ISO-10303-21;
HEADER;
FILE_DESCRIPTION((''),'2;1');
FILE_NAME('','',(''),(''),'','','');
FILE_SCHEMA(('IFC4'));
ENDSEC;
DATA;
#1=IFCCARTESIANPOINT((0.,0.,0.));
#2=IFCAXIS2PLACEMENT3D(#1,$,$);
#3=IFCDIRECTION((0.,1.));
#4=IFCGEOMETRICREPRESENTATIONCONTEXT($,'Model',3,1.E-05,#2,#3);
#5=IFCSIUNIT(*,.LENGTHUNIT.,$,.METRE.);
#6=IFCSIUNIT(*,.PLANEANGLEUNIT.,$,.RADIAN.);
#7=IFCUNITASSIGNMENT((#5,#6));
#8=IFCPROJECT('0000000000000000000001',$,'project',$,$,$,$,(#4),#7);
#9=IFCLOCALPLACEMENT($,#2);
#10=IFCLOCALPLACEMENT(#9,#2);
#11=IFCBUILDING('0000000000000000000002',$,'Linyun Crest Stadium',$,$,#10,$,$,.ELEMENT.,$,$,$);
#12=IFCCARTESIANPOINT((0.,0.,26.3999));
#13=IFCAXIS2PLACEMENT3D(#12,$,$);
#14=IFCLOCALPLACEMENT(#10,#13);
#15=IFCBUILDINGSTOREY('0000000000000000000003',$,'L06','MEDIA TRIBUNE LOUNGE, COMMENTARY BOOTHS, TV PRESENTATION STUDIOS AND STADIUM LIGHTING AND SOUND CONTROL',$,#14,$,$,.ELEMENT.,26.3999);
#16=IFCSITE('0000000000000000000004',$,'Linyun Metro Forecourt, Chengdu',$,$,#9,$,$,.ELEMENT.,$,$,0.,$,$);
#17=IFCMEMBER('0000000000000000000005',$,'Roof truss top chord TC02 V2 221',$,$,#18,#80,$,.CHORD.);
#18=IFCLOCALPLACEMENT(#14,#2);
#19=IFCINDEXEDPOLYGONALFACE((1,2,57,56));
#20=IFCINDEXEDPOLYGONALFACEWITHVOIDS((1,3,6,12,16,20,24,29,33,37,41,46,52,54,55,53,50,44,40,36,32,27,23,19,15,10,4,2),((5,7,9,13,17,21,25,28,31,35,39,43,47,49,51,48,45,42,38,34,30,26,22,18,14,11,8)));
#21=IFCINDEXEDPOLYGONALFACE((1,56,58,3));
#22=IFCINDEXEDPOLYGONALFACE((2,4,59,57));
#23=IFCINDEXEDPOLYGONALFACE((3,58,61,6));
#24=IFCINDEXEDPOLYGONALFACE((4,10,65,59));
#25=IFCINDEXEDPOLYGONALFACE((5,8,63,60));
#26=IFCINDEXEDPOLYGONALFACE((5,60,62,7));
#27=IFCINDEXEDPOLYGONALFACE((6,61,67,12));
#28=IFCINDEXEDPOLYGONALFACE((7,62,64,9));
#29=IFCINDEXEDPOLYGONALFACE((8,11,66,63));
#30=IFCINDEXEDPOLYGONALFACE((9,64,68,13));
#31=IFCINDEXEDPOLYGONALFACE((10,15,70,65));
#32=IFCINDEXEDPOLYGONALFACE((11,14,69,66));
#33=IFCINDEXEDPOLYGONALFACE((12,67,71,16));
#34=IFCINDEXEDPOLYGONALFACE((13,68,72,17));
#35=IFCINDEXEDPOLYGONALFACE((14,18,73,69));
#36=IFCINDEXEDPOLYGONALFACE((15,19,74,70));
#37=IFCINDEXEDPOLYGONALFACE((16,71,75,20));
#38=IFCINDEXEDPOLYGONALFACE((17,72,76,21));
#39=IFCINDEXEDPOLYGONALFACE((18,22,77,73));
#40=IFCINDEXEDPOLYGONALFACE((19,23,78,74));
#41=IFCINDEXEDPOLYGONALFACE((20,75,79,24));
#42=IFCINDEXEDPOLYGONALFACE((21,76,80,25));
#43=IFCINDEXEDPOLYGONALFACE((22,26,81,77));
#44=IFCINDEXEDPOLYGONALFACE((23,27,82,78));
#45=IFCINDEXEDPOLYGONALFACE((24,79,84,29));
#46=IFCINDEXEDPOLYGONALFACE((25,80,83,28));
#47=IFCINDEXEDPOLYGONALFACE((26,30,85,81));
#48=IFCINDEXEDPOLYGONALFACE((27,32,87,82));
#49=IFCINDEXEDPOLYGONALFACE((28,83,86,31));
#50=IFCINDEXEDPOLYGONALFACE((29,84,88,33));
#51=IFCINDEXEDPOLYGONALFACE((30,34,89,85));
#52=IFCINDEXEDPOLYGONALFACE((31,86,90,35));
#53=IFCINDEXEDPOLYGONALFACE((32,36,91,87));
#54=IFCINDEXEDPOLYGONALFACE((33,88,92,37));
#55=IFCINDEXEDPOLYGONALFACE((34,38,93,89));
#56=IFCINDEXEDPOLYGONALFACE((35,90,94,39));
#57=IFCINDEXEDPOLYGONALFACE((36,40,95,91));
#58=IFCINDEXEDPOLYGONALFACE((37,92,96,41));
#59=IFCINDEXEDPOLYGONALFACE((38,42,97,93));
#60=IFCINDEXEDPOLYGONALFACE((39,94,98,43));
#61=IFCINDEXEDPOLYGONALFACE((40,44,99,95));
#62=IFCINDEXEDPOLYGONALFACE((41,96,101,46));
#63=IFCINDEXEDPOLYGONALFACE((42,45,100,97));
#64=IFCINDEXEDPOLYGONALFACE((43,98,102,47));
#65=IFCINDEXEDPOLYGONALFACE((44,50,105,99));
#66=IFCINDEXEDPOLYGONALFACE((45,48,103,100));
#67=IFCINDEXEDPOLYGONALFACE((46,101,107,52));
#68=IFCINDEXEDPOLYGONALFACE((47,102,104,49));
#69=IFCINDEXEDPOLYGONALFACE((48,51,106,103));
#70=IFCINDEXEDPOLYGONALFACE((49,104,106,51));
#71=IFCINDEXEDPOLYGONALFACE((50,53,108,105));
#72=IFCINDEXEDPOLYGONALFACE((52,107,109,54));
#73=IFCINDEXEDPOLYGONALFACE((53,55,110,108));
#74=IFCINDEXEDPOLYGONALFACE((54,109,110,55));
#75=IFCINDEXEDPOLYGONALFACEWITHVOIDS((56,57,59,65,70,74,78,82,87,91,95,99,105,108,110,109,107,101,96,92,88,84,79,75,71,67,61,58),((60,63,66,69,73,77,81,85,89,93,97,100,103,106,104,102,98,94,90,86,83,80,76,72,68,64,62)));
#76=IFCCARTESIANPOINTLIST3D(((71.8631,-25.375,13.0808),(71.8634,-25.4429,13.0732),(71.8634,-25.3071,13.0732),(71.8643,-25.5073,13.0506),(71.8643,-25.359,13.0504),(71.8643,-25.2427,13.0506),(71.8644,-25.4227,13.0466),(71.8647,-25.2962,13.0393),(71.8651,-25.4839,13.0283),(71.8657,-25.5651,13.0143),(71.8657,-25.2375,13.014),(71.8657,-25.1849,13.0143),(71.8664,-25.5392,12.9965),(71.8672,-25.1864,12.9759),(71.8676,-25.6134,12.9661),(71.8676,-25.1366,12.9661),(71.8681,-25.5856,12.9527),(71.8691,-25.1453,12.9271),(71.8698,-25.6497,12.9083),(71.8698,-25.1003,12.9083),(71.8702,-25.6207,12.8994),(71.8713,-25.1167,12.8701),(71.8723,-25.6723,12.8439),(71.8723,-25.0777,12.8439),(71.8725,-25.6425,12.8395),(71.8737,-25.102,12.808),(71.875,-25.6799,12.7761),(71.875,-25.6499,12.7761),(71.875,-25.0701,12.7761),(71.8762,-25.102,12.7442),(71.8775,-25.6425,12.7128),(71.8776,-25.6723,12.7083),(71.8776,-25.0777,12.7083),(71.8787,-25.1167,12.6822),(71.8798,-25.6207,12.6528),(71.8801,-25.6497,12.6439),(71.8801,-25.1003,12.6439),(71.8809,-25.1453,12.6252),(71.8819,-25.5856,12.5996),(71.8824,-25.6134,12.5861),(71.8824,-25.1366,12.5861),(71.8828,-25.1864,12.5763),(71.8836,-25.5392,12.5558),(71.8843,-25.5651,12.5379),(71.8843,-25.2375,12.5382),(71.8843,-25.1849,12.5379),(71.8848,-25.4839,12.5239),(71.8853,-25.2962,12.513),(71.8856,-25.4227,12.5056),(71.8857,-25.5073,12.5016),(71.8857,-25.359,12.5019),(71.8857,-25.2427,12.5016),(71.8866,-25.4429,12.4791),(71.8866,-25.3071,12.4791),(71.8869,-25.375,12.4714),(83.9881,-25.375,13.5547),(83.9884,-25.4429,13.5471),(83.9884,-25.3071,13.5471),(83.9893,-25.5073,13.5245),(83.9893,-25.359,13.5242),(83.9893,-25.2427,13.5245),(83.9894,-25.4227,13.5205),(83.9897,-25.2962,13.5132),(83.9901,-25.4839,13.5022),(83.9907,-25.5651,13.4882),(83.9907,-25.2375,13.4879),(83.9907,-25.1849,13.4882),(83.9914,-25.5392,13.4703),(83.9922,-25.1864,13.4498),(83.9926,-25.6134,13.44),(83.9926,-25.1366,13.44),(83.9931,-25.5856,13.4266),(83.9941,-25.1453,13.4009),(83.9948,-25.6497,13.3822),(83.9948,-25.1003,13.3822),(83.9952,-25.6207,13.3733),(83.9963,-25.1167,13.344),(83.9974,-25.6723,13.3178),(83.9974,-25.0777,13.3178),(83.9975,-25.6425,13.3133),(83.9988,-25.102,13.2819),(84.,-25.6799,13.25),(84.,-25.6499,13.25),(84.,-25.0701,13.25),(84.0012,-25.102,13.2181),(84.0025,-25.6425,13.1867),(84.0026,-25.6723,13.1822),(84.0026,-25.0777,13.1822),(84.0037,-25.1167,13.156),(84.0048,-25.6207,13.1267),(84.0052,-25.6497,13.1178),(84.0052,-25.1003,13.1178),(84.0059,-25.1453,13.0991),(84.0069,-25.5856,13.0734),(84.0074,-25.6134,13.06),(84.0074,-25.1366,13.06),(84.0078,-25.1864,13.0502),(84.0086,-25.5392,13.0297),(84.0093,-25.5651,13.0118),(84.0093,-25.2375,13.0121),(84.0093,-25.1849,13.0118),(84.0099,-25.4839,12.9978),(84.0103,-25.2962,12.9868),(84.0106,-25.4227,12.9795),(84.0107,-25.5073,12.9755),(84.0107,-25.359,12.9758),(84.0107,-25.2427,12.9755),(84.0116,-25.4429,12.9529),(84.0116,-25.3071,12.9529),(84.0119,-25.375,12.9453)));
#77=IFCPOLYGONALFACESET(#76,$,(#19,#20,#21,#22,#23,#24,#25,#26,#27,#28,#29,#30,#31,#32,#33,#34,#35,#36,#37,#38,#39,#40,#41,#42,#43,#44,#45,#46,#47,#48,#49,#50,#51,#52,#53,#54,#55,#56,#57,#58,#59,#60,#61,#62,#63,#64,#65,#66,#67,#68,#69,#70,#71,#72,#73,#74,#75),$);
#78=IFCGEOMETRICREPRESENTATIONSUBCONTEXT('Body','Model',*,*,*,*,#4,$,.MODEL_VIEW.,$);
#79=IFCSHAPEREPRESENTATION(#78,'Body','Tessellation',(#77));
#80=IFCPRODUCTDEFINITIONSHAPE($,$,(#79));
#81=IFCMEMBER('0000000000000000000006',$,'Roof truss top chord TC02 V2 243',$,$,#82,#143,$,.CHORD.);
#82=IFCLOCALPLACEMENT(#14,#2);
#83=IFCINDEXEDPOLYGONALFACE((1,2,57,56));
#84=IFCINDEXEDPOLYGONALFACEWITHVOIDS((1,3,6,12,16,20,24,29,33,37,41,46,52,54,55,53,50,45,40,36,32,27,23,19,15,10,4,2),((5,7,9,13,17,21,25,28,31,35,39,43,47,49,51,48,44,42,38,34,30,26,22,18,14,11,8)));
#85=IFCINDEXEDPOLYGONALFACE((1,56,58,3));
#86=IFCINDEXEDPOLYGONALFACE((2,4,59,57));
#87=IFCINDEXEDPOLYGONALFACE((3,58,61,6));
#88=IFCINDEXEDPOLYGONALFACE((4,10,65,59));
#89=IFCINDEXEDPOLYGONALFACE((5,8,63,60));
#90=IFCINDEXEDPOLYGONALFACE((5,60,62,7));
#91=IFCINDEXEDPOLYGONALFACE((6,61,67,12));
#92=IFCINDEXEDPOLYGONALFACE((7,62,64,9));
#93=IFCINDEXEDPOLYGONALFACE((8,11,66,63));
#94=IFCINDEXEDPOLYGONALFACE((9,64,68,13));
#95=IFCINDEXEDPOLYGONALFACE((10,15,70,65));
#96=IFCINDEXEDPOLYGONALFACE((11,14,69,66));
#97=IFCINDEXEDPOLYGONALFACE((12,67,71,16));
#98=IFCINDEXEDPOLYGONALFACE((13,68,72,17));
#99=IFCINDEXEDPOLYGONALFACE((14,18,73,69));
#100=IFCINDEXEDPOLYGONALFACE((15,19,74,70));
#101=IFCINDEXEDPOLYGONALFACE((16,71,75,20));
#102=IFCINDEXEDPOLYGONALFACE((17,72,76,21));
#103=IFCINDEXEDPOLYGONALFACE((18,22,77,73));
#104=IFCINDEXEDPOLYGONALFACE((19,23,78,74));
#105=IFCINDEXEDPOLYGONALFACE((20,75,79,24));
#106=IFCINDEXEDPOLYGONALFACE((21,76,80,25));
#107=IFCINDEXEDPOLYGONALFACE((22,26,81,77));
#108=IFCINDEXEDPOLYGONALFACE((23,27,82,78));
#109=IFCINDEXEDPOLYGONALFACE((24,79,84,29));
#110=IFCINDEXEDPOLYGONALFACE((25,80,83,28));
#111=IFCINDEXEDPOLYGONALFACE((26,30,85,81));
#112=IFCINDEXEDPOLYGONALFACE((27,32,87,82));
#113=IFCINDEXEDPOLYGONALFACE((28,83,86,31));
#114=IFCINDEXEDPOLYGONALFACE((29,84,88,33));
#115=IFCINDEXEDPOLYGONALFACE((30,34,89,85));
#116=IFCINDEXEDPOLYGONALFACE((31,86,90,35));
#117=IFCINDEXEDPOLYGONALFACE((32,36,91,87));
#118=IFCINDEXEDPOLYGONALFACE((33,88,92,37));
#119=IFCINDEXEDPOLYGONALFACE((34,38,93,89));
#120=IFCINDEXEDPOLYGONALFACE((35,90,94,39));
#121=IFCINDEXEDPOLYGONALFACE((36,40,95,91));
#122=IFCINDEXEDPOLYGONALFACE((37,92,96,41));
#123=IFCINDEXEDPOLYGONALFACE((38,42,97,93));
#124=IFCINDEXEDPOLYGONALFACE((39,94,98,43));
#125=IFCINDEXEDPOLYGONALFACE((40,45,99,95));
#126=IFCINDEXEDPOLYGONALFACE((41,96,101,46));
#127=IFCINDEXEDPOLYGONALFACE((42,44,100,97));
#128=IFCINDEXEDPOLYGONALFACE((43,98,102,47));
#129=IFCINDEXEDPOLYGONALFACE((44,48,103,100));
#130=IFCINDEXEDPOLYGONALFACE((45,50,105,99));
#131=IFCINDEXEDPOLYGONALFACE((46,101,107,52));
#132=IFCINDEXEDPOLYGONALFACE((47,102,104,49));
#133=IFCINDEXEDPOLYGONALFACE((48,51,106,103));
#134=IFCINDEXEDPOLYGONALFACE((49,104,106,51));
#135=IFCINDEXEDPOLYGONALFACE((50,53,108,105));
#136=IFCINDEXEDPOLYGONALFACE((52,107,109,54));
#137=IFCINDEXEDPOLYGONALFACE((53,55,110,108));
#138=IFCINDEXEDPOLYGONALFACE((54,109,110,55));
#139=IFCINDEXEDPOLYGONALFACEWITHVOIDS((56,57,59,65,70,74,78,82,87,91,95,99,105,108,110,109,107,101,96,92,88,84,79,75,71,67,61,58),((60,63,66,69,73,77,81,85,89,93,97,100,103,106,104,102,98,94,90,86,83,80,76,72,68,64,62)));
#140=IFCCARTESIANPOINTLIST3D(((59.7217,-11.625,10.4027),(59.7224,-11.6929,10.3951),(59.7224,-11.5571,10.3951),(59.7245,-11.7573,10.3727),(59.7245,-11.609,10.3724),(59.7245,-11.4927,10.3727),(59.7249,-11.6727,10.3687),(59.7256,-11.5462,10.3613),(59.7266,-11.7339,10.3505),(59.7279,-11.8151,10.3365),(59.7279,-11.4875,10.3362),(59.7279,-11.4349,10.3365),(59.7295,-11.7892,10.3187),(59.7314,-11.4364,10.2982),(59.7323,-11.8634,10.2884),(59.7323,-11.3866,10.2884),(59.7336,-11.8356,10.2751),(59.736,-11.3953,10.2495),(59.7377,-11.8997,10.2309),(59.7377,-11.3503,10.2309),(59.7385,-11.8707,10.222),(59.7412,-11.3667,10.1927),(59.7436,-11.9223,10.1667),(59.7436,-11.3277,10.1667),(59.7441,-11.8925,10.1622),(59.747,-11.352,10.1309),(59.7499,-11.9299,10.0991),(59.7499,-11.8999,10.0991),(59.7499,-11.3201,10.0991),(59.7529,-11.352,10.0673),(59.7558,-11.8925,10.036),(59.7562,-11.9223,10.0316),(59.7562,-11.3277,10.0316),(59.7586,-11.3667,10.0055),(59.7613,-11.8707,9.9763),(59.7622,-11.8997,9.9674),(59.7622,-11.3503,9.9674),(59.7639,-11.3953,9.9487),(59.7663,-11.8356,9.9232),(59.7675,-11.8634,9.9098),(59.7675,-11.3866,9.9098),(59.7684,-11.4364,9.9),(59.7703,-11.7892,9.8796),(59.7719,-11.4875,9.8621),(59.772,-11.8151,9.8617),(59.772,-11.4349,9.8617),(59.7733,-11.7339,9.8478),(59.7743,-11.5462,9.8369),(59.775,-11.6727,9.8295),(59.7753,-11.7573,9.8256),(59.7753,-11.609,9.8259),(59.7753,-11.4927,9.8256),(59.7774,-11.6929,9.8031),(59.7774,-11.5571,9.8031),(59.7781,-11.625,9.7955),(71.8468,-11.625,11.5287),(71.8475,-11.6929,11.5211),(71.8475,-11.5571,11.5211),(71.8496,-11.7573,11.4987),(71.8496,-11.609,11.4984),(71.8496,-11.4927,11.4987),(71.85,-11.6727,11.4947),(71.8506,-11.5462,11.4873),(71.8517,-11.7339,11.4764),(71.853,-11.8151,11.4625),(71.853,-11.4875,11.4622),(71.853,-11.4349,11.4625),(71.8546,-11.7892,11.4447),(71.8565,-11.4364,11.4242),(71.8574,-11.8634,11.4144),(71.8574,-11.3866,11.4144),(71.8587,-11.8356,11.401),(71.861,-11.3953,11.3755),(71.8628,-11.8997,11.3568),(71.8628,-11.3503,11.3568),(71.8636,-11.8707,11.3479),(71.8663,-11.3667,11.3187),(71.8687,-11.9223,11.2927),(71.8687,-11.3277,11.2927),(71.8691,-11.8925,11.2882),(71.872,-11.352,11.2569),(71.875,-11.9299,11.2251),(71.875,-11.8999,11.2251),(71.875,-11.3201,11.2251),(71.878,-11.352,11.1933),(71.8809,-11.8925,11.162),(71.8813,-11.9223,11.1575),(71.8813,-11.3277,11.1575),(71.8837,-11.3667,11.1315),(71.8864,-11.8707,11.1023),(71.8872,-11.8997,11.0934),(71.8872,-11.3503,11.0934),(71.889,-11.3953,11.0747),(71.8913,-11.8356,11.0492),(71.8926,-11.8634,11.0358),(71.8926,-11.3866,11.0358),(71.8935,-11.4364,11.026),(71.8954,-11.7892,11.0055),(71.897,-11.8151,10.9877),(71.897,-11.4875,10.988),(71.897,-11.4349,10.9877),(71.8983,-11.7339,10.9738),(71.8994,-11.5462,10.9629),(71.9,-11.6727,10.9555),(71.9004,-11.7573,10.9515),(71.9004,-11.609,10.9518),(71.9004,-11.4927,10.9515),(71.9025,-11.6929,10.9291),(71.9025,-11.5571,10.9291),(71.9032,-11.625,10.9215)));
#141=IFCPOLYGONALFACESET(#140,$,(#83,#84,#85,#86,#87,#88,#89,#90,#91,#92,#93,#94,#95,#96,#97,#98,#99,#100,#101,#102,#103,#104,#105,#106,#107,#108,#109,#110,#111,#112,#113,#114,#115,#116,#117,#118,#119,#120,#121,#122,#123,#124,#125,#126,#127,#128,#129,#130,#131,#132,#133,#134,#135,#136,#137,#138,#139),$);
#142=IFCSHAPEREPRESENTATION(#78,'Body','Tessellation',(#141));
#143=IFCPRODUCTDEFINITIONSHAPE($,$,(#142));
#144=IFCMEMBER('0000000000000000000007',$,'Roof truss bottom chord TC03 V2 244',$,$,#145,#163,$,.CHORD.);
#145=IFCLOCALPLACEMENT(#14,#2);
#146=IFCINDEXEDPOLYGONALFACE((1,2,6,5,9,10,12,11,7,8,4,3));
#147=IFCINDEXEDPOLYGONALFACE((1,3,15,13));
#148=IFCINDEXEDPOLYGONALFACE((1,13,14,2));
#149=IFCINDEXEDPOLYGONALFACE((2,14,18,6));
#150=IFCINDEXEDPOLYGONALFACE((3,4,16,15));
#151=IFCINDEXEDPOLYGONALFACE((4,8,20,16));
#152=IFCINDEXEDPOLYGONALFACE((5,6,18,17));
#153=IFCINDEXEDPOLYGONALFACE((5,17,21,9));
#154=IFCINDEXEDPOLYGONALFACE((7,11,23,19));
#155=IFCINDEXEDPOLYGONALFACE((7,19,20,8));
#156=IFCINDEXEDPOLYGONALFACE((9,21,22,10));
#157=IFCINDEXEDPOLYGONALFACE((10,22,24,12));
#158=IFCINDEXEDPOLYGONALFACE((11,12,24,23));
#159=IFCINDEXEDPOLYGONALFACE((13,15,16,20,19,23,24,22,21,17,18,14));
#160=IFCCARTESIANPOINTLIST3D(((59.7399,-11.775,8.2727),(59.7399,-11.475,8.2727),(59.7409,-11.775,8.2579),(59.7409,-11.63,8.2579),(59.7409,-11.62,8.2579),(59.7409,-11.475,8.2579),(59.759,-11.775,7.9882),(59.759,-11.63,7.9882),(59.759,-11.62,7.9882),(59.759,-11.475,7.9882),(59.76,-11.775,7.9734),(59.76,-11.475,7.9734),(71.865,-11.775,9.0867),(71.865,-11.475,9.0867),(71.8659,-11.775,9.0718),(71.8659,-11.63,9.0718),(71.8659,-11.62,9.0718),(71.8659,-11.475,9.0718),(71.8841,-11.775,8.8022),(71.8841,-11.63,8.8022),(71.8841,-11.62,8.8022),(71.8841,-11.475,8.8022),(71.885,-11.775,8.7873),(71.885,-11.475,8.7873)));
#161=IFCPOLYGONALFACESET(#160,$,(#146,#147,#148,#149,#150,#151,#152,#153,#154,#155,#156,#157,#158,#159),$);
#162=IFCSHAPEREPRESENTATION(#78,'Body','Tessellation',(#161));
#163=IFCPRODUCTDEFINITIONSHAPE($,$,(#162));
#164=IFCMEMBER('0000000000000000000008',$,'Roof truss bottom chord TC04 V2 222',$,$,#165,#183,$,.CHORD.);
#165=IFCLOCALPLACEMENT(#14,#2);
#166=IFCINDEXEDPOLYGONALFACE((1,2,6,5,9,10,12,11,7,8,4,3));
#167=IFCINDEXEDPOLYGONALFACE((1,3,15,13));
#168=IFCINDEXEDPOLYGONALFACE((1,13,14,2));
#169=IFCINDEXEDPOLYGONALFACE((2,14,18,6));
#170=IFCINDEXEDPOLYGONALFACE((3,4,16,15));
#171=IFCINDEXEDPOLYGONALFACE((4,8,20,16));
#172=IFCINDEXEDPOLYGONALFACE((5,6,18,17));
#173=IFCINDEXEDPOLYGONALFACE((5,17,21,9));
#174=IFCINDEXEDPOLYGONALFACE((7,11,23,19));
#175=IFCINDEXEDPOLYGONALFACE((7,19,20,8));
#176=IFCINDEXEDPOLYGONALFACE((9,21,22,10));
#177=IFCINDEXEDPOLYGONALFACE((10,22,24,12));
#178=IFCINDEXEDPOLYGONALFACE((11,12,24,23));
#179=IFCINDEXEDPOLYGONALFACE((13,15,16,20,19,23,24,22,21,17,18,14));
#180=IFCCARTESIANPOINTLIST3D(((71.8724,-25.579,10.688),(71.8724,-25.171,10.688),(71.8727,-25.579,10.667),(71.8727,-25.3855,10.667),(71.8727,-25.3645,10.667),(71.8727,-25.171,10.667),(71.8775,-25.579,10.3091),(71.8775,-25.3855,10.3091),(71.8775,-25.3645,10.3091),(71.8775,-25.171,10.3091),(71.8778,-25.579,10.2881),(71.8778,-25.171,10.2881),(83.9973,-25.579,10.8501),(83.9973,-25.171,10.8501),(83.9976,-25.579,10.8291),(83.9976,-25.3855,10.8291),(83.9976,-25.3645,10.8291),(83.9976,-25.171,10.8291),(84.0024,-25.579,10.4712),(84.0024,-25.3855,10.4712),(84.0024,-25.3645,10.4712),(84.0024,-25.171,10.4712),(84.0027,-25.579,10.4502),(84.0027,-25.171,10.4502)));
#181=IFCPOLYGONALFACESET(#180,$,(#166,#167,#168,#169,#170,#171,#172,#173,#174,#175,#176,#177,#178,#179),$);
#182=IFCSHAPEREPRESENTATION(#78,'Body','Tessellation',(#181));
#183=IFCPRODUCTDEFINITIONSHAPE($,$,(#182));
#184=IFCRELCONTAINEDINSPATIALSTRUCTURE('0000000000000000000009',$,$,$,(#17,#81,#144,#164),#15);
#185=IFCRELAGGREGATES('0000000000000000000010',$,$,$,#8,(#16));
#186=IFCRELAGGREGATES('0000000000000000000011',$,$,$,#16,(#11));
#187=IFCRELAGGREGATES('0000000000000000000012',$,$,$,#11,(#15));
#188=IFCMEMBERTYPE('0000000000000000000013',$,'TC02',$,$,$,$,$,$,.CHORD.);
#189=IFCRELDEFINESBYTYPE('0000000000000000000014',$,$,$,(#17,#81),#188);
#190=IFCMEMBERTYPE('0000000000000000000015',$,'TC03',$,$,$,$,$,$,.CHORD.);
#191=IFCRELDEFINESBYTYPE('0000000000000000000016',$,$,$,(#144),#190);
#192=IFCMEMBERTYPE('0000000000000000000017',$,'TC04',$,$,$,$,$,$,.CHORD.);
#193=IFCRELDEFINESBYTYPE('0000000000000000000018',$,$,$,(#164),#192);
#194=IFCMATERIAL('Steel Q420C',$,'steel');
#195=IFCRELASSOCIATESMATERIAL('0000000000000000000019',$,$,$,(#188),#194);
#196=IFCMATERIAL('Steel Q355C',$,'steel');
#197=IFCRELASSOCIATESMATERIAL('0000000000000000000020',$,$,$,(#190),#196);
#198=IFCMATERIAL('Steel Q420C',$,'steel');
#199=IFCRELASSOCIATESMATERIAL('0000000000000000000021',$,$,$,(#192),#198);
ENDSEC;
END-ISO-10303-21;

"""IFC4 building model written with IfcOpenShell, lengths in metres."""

from ifc_helpers import new_model, si_unit, direction, frame, origin, origin_2d, place, context, subcontext, project, spatial, hollow_circle, i_section, extrude, material, material_profile, profile_set, type_object, element, save


model = new_model("IFC4")

# Units and contexts
model_context = context("Model", 3, precision=1e-05, world=origin(), true_north=direction((0.0, 1.0)))
body_context = subcontext(model_context, "Body", "Model", "MODEL_VIEW")
ifc_project = project(units=[si_unit("LENGTHUNIT", "METRE"), si_unit("PLANEANGLEUNIT", "RADIAN")], contexts=[model_context])

# Site, building, storey
site_placement = place(None, origin())
site = spatial("IfcSite", under=ifc_project, at=site_placement, Name="Linyun Metro Forecourt, Chengdu", CompositionType="ELEMENT", RefElevation=0.0)
building_placement = place(site_placement, origin())
building = spatial("IfcBuilding", under=site, at=building_placement, Name="Linyun Crest Stadium", CompositionType="ELEMENT")
storey_placement = place(building_placement, frame((0.0, 0.0, 26.3999)))
storey = spatial("IfcBuildingStorey", under=building, at=storey_placement, Name="L06", Description="MEDIA TRIBUNE LOUNGE, COMMENTARY BOOTHS, TV PRESENTATION STUDIOS AND STADIUM LIGHTING AND SOUND CONTROL", CompositionType="ELEMENT", Elevation=26.3999)

# Members
ifc_material_1 = material(Name="Steel Q420C", Category="steel")
ifc_material_profile_1 = material_profile(ifc_material_1, hollow_circle(Radius=0.3049, WallThickness=0.03, at=origin_2d()), Name="CHS 610x30")
ifc_profile_set_1 = profile_set([ifc_material_profile_1], Name="Steel Q420C")
member_type_1 = type_object("IfcMemberType", Name="TC02", PredefinedType="CHORD", material=ifc_profile_set_1)
member_1_placement = place(storey_placement, frame((84.0, -25.375, 13.25), z_axis=(-0.999237, 0.0, -0.039053), x_axis=(0.0, -1.0, 0.0)))
element("IfcMember", 1, at=member_1_placement, inside=storey, type_object=member_type_1, Name="Roof truss top chord TC02 V2 221", PredefinedType="CHORD", context=body_context, shape_type="SweptSolid", body=[
    extrude(hollow_circle(Radius=0.3049, WallThickness=0.03, at=origin_2d()), origin(), (0.0, 0.0, 1.0), 12.1343),
])
member_2_placement = place(storey_placement, frame((71.875, -11.625, 11.2251), z_axis=(-0.995716, 0.0, -0.092466), x_axis=(0.0, -1.0, 0.0)))
element("IfcMember", 2, at=member_2_placement, inside=storey, type_object=member_type_1, Name="Roof truss top chord TC02 V2 243", PredefinedType="CHORD", context=body_context, shape_type="SweptSolid", body=[
    extrude(hollow_circle(Radius=0.3049, WallThickness=0.03, at=origin_2d()), origin(), (0.0, 0.0, 1.0), 12.1772),
])
ifc_material_2 = material(Name="Steel Q355C", Category="steel")
ifc_material_profile_2 = material_profile(ifc_material_2, i_section(OverallWidth=0.3, OverallDepth=0.3, WebThickness=0.01, FlangeThickness=0.0149, at=origin_2d()), Name="HW 300x300")
ifc_profile_set_2 = profile_set([ifc_material_profile_2], Name="Steel Q355C")
member_type_2 = type_object("IfcMemberType", Name="TC03", PredefinedType="CHORD", material=ifc_profile_set_2)
member_3_placement = place(storey_placement, frame((71.875, -11.625, 8.937), z_axis=(-0.997754, 0.0, -0.06698), x_axis=(0.0, -1.0, 0.0)))
element("IfcMember", 3, at=member_3_placement, inside=storey, type_object=member_type_2, Name="Roof truss bottom chord TC03 V2 244", PredefinedType="CHORD", context=body_context, shape_type="SweptSolid", body=[
    extrude(i_section(OverallWidth=0.3, OverallDepth=0.3, WebThickness=0.01, FlangeThickness=0.0149, at=origin_2d()), origin(), (0.0, 0.0, 1.0), 12.1523),
])
ifc_material_3 = material(Name="Steel Q420C", Category="steel")
ifc_material_profile_3 = material_profile(ifc_material_3, i_section(OverallWidth=0.408, OverallDepth=0.3999, WebThickness=0.021, FlangeThickness=0.021, at=origin_2d()), Name="HW 400x408")
ifc_profile_set_3 = profile_set([ifc_material_profile_3], Name="Steel Q420C")
member_type_3 = type_object("IfcMemberType", Name="TC04", PredefinedType="CHORD", material=ifc_profile_set_3)
member_4_placement = place(storey_placement, frame((84.0, -25.375, 10.6501), z_axis=(-0.999911, 0.0, -0.013369), x_axis=(0.0, -1.0, 0.0)))
element("IfcMember", 4, at=member_4_placement, inside=storey, type_object=member_type_3, Name="Roof truss bottom chord TC04 V2 222", PredefinedType="CHORD", context=body_context, shape_type="SweptSolid", body=[
    extrude(i_section(OverallWidth=0.408, OverallDepth=0.3999, WebThickness=0.021, FlangeThickness=0.021, at=origin_2d()), origin(), (0.0, 0.0, 1.0), 12.126),
])

save(model, "model.ifc")
